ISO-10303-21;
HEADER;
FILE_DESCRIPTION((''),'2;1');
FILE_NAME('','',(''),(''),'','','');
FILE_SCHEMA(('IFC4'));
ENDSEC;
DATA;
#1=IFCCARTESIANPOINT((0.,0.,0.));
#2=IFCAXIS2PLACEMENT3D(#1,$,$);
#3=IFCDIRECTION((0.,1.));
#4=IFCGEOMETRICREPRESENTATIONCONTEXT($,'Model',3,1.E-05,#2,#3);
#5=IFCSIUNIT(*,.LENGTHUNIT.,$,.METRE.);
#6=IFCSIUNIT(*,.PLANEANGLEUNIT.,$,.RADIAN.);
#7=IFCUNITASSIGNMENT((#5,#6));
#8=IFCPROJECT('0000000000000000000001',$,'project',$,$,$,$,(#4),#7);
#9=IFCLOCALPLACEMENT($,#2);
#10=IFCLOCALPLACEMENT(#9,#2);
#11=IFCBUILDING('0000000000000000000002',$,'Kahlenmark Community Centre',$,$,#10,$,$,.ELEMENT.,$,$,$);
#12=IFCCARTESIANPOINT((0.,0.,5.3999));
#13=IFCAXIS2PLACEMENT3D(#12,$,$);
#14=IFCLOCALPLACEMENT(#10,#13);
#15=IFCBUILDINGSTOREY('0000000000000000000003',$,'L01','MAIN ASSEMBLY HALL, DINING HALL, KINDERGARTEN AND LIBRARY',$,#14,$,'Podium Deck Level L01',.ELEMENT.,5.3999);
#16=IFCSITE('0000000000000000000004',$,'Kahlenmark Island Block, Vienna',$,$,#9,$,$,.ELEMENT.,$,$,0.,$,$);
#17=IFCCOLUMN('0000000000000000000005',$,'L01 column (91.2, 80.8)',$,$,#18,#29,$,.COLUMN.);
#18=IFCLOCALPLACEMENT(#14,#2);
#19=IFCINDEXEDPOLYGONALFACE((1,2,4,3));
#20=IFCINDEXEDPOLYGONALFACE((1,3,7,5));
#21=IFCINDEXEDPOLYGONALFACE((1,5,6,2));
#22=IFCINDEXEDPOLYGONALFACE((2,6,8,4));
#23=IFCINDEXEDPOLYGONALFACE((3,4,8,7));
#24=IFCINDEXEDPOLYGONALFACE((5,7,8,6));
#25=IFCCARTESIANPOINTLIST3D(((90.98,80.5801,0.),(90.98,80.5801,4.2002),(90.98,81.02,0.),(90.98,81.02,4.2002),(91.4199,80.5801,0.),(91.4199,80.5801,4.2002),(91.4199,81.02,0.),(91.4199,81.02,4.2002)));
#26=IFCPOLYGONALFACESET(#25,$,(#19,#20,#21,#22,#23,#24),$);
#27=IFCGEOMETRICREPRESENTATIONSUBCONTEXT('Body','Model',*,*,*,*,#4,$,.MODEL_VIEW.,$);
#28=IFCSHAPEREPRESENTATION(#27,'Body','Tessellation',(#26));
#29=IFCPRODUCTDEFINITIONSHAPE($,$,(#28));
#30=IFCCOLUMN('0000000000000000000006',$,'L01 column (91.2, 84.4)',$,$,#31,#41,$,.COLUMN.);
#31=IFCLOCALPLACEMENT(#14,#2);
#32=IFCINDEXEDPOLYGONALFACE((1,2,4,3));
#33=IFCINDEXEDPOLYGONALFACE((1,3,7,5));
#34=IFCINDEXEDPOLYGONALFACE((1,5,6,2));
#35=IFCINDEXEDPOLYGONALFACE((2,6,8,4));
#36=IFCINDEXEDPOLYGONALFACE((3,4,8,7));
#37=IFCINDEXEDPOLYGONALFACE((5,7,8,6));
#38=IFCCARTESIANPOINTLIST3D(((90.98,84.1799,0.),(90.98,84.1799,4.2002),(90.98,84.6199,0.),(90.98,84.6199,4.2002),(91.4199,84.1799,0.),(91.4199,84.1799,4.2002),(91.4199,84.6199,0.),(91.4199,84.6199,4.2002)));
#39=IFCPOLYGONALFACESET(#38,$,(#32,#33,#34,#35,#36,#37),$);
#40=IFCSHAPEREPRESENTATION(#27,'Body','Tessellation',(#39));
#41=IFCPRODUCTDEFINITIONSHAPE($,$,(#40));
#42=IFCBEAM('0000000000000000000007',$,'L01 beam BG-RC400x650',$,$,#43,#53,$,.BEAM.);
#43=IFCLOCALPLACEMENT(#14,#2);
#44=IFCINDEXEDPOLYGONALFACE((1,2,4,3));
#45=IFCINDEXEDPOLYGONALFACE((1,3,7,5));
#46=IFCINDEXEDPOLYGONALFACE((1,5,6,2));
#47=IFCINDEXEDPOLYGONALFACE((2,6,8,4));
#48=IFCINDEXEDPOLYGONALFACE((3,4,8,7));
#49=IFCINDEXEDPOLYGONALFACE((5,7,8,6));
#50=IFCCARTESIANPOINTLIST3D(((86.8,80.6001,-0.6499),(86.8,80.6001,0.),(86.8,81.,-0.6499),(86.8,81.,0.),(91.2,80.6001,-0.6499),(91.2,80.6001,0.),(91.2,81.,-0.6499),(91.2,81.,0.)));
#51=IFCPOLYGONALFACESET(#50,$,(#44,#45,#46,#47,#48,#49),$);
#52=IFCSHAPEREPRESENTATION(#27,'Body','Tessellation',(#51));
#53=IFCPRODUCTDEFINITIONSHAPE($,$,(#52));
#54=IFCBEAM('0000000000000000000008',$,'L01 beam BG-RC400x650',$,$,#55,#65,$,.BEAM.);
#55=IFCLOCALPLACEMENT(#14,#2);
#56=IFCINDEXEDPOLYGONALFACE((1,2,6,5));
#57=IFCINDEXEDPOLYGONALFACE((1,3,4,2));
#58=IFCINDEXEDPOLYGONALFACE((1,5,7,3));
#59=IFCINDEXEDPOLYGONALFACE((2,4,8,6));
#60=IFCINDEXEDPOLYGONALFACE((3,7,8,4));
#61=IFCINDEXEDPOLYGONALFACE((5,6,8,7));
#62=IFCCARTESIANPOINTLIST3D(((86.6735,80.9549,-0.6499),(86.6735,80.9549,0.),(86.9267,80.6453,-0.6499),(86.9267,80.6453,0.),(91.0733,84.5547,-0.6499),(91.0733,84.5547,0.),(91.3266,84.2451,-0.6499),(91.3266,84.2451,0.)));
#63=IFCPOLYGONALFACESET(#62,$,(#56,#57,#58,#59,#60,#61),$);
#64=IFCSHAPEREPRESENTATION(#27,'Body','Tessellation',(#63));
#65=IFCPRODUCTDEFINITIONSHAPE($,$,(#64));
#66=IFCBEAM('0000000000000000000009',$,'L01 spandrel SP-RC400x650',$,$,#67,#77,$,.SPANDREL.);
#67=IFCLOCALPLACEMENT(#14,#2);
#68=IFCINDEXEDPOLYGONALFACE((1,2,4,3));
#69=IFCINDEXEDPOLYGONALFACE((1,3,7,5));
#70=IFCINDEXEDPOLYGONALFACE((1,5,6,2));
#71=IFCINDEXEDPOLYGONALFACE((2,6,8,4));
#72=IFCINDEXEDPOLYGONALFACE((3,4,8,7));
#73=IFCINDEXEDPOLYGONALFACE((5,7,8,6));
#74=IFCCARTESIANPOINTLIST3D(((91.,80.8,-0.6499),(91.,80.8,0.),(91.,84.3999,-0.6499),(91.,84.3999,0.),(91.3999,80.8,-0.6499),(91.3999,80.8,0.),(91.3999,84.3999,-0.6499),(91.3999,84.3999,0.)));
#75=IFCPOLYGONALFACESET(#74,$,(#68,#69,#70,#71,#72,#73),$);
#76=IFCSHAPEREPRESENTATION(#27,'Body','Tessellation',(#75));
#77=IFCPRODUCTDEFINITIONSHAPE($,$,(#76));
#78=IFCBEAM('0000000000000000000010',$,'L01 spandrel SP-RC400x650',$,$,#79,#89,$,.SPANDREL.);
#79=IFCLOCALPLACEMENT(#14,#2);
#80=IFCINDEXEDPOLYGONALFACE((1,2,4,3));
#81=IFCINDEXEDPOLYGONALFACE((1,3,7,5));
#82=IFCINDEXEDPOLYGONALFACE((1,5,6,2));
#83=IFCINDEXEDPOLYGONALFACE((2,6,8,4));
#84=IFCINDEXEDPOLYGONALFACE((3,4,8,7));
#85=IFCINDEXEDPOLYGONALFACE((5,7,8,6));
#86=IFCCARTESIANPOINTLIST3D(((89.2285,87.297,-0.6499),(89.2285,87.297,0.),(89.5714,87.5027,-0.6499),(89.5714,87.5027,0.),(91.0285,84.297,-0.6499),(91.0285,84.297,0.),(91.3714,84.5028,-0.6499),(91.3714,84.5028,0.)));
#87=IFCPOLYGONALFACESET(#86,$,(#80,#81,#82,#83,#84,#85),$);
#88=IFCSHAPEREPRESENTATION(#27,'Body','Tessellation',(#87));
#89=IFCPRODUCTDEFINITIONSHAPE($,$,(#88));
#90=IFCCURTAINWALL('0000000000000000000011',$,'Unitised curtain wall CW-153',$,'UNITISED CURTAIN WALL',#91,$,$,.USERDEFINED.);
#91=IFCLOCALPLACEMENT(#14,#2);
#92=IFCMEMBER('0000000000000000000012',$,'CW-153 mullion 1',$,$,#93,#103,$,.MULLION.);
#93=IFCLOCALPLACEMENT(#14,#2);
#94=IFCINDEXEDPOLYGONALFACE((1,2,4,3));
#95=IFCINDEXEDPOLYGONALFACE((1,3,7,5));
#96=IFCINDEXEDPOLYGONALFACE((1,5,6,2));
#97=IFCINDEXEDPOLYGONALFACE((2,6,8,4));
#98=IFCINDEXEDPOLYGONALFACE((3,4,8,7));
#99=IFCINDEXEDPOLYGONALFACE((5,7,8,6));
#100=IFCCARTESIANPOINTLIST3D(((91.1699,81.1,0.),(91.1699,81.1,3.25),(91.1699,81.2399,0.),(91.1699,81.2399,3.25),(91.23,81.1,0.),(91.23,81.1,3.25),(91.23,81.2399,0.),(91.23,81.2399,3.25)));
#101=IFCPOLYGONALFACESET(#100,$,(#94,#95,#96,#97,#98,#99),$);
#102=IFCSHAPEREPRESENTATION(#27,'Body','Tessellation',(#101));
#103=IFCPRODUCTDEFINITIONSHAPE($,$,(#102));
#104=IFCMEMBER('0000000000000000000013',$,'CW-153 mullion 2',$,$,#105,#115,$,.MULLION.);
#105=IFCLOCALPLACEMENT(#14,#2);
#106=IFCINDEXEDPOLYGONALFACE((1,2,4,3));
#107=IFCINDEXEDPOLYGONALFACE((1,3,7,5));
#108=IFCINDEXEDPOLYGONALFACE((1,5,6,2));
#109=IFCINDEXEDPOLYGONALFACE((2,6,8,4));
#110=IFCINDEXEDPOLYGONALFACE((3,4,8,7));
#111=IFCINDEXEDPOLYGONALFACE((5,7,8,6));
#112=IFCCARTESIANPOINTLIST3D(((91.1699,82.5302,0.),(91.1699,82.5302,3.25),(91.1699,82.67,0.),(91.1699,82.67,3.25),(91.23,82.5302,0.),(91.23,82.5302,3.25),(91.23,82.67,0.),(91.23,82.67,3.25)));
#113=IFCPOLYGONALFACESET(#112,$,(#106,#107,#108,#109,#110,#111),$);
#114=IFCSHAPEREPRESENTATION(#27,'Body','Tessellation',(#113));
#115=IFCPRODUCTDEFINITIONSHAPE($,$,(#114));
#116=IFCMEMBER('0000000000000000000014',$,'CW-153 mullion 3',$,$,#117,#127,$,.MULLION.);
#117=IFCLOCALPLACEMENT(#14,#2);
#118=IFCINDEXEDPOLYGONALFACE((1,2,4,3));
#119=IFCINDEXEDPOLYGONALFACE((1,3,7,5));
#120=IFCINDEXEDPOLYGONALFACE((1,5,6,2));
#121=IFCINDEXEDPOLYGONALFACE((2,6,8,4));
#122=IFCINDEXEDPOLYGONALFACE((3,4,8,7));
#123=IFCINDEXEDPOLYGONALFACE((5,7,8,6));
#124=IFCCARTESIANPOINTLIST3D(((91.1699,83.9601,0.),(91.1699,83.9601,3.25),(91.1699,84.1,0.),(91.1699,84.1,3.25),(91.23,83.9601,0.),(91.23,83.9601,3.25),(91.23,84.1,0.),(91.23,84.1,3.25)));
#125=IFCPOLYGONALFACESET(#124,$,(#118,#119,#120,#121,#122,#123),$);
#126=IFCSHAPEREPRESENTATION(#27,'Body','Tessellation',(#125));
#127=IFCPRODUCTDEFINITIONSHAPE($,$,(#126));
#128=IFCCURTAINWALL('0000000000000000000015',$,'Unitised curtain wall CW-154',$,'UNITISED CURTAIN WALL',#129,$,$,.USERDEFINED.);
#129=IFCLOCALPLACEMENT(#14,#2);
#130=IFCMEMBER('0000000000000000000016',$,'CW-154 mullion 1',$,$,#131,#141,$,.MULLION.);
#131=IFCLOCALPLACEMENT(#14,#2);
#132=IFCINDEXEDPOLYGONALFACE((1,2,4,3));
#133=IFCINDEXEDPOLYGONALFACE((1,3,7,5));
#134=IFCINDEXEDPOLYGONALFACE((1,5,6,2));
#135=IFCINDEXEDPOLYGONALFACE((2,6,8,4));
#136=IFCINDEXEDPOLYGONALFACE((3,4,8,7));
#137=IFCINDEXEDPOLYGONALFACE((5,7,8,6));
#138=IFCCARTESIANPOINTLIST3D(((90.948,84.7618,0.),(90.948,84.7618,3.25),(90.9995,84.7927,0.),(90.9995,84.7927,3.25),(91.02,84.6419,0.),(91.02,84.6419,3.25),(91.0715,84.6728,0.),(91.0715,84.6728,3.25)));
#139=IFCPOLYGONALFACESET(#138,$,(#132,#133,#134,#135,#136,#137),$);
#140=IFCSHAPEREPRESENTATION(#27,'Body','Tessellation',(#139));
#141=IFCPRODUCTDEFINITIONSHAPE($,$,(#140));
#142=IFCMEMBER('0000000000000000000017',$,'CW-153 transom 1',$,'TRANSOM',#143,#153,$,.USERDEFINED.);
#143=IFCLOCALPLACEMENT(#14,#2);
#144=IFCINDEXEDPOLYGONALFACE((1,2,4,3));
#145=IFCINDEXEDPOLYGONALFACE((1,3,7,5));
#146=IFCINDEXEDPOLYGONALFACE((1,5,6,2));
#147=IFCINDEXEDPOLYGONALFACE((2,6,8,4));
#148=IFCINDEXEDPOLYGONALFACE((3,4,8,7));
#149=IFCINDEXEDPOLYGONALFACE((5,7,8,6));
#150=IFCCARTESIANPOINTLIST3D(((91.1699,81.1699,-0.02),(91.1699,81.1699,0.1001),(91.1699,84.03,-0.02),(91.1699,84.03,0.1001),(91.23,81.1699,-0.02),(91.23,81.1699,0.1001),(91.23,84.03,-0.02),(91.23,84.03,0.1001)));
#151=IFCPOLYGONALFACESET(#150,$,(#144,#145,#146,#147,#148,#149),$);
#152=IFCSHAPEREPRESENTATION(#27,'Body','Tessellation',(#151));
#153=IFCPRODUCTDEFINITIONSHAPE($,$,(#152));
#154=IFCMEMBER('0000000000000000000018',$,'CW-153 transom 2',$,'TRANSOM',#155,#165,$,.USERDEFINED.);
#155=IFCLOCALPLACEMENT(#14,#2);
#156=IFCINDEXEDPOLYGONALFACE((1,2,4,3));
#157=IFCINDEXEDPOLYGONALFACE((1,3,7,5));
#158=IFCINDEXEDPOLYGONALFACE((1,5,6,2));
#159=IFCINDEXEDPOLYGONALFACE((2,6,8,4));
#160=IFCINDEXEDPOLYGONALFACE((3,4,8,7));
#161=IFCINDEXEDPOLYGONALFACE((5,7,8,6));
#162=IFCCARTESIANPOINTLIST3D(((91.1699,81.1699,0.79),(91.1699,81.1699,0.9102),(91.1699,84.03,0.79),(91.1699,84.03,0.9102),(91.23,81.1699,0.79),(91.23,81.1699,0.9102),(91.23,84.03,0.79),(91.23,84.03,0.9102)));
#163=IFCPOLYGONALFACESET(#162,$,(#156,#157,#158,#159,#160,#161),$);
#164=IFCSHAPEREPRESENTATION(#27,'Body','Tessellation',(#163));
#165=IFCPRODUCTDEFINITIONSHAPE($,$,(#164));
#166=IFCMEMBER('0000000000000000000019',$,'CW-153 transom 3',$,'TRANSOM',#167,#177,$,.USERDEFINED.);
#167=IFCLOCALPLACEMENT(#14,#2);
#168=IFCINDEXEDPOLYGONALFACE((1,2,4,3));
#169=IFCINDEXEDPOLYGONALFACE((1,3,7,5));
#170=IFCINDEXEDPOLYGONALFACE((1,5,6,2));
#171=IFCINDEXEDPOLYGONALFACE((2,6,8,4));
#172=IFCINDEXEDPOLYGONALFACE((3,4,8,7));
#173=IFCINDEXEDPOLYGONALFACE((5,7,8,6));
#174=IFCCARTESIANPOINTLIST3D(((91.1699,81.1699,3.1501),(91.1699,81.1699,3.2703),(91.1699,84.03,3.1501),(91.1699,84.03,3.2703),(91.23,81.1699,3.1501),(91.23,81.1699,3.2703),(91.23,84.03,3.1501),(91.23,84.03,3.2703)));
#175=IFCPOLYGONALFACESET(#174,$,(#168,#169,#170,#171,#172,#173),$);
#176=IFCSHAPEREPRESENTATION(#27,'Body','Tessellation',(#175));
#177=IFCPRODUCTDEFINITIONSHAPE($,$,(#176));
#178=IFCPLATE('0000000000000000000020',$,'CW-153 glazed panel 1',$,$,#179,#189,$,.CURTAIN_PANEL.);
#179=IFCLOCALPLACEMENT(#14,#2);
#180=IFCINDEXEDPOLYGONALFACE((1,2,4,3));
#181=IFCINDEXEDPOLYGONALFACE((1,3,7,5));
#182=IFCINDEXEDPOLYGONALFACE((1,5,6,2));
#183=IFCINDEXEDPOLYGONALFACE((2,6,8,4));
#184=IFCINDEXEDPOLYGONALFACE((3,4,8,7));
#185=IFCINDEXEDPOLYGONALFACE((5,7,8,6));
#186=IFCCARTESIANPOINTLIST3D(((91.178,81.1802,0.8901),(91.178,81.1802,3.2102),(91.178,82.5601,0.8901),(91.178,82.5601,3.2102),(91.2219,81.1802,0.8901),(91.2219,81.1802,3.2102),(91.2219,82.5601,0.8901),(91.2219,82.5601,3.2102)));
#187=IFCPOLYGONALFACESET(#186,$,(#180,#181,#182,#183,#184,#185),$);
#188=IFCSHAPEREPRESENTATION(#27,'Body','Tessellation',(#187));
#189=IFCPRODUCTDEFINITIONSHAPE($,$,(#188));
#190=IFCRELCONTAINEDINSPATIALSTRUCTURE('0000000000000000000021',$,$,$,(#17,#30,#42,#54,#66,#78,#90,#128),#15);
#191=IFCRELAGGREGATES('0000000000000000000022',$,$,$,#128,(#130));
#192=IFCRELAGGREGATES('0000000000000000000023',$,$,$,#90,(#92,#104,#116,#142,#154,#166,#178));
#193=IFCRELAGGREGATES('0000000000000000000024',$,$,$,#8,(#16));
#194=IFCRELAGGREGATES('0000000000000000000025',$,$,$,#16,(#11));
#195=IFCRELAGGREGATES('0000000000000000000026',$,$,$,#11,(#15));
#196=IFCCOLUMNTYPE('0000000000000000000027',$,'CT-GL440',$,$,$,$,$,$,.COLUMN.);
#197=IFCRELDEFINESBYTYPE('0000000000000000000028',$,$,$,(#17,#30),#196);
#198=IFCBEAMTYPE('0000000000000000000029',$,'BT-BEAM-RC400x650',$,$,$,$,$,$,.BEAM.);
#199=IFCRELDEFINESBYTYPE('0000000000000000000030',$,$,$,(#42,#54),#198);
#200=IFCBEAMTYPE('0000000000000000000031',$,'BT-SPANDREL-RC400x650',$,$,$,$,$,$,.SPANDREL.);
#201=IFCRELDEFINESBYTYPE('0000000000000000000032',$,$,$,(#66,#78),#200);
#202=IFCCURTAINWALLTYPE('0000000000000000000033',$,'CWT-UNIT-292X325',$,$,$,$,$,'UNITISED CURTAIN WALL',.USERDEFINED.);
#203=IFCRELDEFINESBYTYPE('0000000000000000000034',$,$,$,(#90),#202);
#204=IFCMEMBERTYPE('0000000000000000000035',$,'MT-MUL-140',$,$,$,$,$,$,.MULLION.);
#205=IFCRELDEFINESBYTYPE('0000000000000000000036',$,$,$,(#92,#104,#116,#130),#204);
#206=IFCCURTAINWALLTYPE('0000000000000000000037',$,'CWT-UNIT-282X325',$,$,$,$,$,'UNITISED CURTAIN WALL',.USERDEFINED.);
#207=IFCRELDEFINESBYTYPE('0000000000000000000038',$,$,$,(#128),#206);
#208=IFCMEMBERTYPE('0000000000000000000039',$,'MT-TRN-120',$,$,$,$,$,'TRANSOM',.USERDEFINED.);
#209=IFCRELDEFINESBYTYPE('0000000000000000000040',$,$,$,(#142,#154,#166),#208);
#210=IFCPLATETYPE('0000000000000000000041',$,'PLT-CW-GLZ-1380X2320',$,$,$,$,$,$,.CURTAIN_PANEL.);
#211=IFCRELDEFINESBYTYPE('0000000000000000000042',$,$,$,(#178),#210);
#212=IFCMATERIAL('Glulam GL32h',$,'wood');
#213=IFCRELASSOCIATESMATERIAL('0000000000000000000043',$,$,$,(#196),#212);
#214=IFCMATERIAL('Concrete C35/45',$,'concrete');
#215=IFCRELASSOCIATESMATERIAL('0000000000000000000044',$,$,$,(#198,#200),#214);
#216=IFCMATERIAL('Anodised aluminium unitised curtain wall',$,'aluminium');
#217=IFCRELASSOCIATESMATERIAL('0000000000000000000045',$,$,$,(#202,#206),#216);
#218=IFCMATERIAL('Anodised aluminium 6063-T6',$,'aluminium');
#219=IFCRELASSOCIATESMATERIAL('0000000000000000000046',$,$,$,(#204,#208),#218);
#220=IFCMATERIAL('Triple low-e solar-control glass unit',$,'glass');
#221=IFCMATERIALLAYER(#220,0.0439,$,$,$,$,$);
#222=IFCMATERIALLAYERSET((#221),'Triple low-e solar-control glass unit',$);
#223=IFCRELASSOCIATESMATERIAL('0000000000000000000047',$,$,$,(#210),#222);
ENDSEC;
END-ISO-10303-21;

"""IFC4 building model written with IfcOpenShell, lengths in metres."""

from ifc_helpers import new_model, si_unit, direction, frame, origin, origin_2d, place, context, subcontext, project, spatial, rectangle, extrude, material, layer, layer_set, material_profile, profile_set, type_object, element, aggregate, save


model = new_model("IFC4")

# Units and contexts
model_context = context("Model", 3, precision=1e-05, world=origin(), true_north=direction((0.0, 1.0)))
body_context = subcontext(model_context, "Body", "Model", "MODEL_VIEW")
ifc_project = project(units=[si_unit("LENGTHUNIT", "METRE"), si_unit("PLANEANGLEUNIT", "RADIAN")], contexts=[model_context])

# Site, building, storey
site_placement = place(None, origin())
site = spatial("IfcSite", under=ifc_project, at=site_placement, Name="Kahlenmark Island Block, Vienna", CompositionType="ELEMENT", RefElevation=0.0)
building_placement = place(site_placement, origin())
building = spatial("IfcBuilding", under=site, at=building_placement, Name="Kahlenmark Community Centre", CompositionType="ELEMENT")
storey_placement = place(building_placement, frame((0.0, 0.0, 5.3999)))
storey = spatial("IfcBuildingStorey", under=building, at=storey_placement, Name="L01", Description="MAIN ASSEMBLY HALL, DINING HALL, KINDERGARTEN AND LIBRARY", LongName="Podium Deck Level L01", CompositionType="ELEMENT", Elevation=5.3999)

# Columns
ifc_material_1 = material(Name="Glulam GL32h", Category="wood")
ifc_material_profile_1 = material_profile(ifc_material_1, rectangle(XDim=0.4399, YDim=0.4399, at=origin_2d()), Name="GL32h 440x440")
ifc_profile_set_1 = profile_set([ifc_material_profile_1], Name="Glulam GL32h")
column_type = type_object("IfcColumnType", Name="CT-GL440", PredefinedType="COLUMN", material=ifc_profile_set_1)
for number, where, z_axis, x_axis, name in (
    (1, (91.2, 80.8, 0.0), (0.0, 0.0, 1.0), (1.0, 0.0, 0.0), "L01 column (91.2, 80.8)"),
    (2, (91.2, 84.3999, 0.0), (0.0, 0.0, 1.0), (1.0, 0.0, 0.0), "L01 column (91.2, 84.4)"),
):
    element("IfcColumn", number, at=place(storey_placement, frame(where, z_axis=z_axis, x_axis=x_axis)), inside=storey, type_object=column_type, Name=name, PredefinedType="COLUMN", context=body_context, shape_type="SweptSolid", body=[
        extrude(rectangle(XDim=0.4399, YDim=0.4399, at=origin_2d()), origin(), (0.0, 0.0, 1.0), 4.2002),
    ])

# Beams
ifc_material_2 = material(Name="Concrete C35/45", Category="concrete")
ifc_material_profile_2 = material_profile(ifc_material_2, rectangle(XDim=0.3999, YDim=0.6499, at=origin_2d()), Name="RC 400x650")
ifc_profile_set_2 = profile_set([ifc_material_profile_2], Name="Concrete C35/45")
beam_type_1 = type_object("IfcBeamType", Name="BT-BEAM-RC400x650", PredefinedType="BEAM", material=ifc_profile_set_2)
beam_1_placement = place(storey_placement, frame((91.2, 80.8, -0.325), z_axis=(-1.0, 0.0, 0.0), x_axis=(0.0, -1.0, 0.0)))
element("IfcBeam", 3, at=beam_1_placement, inside=storey, type_object=beam_type_1, Name="L01 beam BG-RC400x650", PredefinedType="BEAM", context=body_context, shape_type="SweptSolid", body=[
    extrude(rectangle(XDim=0.3999, YDim=0.6499, at=origin_2d()), origin(), (0.0, 0.0, 1.0), 4.3999),
])
beam_2_placement = place(storey_placement, frame((91.2, 84.3999, -0.325), z_axis=(-0.773963, -0.633231, 0.0), x_axis=(0.633231, -0.773963, 0.0)))
element("IfcBeam", 4, at=beam_2_placement, inside=storey, type_object=beam_type_1, Name="L01 beam BG-RC400x650", PredefinedType="BEAM", context=body_context, shape_type="SweptSolid", body=[
    extrude(rectangle(XDim=0.3999, YDim=0.6499, at=origin_2d()), origin(), (0.0, 0.0, 1.0), 5.6848),
])
ifc_material_profile_3 = material_profile(ifc_material_2, rectangle(XDim=0.3999, YDim=0.6499, at=origin_2d()), Name="RC 400x650")
ifc_profile_set_3 = profile_set([ifc_material_profile_3], Name="Concrete C35/45")
beam_type_2 = type_object("IfcBeamType", Name="BT-SPANDREL-RC400x650", PredefinedType="SPANDREL", material=ifc_profile_set_3)
beam_3_placement = place(storey_placement, frame((91.2, 80.8, -0.325), z_axis=(0.0, 1.0, 0.0), x_axis=(-1.0, 0.0, 0.0)))
element("IfcBeam", 5, at=beam_3_placement, inside=storey, type_object=beam_type_2, Name="L01 spandrel SP-RC400x650", PredefinedType="SPANDREL", context=body_context, shape_type="SweptSolid", body=[
    extrude(rectangle(XDim=0.3999, YDim=0.6499, at=origin_2d()), origin(), (0.0, 0.0, 1.0), 3.5999),
])
beam_4_placement = place(storey_placement, frame((91.2, 84.3999, -0.325), z_axis=(-0.514506, 0.857487, 0.0), x_axis=(-0.857487, -0.514506, 0.0)))
element("IfcBeam", 6, at=beam_4_placement, inside=storey, type_object=beam_type_2, Name="L01 spandrel SP-RC400x650", PredefinedType="SPANDREL", context=body_context, shape_type="SweptSolid", body=[
    extrude(rectangle(XDim=0.3999, YDim=0.6499, at=origin_2d()), origin(), (0.0, 0.0, 1.0), 3.4985),
])

# Curtain wall, members
ifc_material_3 = material(Name="Anodised aluminium unitised curtain wall", Category="aluminium")
curtain_wall_type_1 = type_object("IfcCurtainWallType", Name="CWT-UNIT-292X325", ElementType="UNITISED CURTAIN WALL", PredefinedType="USERDEFINED", material=ifc_material_3)
curtain_wall_1_placement = place(storey_placement, origin())
curtain_wall_1 = element("IfcCurtainWall", 7, at=curtain_wall_1_placement, inside=storey, type_object=curtain_wall_type_1, Name="Unitised curtain wall CW-153", ObjectType="UNITISED CURTAIN WALL", PredefinedType="USERDEFINED")
ifc_material_4 = material(Name="Anodised aluminium 6063-T6", Category="aluminium")
ifc_material_profile_4 = material_profile(ifc_material_4, rectangle(XDim=0.0601, YDim=0.1399, at=origin_2d()), Name="ALU MULLION 60x140")
ifc_profile_set_4 = profile_set([ifc_material_profile_4], Name="Anodised aluminium 6063-T6")
member_type_1 = type_object("IfcMemberType", Name="MT-MUL-140", PredefinedType="MULLION", material=ifc_profile_set_4)
member_1_placement = place(storey_placement, frame((91.2, 81.1699, 0.0), z_axis=(0.0, 0.0, 1.0), x_axis=(-1.0, 0.0, 0.0)))
member_1 = element("IfcMember", 8, at=member_1_placement, type_object=member_type_1, Name="CW-153 mullion 1", PredefinedType="MULLION", context=body_context, shape_type="SweptSolid", body=[
    extrude(rectangle(XDim=0.0601, YDim=0.1399, at=origin_2d()), origin(), (0.0, 0.0, 1.0), 3.25),
])
member_2_placement = place(storey_placement, frame((91.2, 82.6001, 0.0), z_axis=(0.0, 0.0, 1.0), x_axis=(-1.0, 0.0, 0.0)))
member_2 = element("IfcMember", 9, at=member_2_placement, type_object=member_type_1, Name="CW-153 mullion 2", PredefinedType="MULLION", context=body_context, shape_type="SweptSolid", body=[
    extrude(rectangle(XDim=0.0601, YDim=0.1399, at=origin_2d()), origin(), (0.0, 0.0, 1.0), 3.25),
])
member_3_placement = place(storey_placement, frame((91.2, 84.03, 0.0), z_axis=(0.0, 0.0, 1.0), x_axis=(-1.0, 0.0, 0.0)))
member_3 = element("IfcMember", 10, at=member_3_placement, type_object=member_type_1, Name="CW-153 mullion 3", PredefinedType="MULLION", context=body_context, shape_type="SweptSolid", body=[
    extrude(rectangle(XDim=0.0601, YDim=0.1399, at=origin_2d()), origin(), (0.0, 0.0, 1.0), 3.25),
])

# Curtain wall, member
curtain_wall_type_2 = type_object("IfcCurtainWallType", Name="CWT-UNIT-282X325", ElementType="UNITISED CURTAIN WALL", PredefinedType="USERDEFINED", material=ifc_material_3)
curtain_wall_2_placement = place(storey_placement, origin())
curtain_wall_2 = element("IfcCurtainWall", 11, at=curtain_wall_2_placement, inside=storey, type_object=curtain_wall_type_2, Name="Unitised curtain wall CW-154", ObjectType="UNITISED CURTAIN WALL", PredefinedType="USERDEFINED")
member_4_placement = place(storey_placement, frame((91.0098, 84.7173, 0.0), z_axis=(0.0, 0.0, 1.0), x_axis=(-0.857493, -0.514496, 0.0)))
member_4 = element("IfcMember", 12, at=member_4_placement, type_object=member_type_1, Name="CW-154 mullion 1", PredefinedType="MULLION", context=body_context, shape_type="SweptSolid", body=[
    extrude(rectangle(XDim=0.0601, YDim=0.1399, at=origin_2d()), origin(), (0.0, 0.0, 1.0), 3.25),
])
aggregate(curtain_wall_2, [member_4])

# Members
ifc_material_profile_5 = material_profile(ifc_material_4, rectangle(XDim=0.0601, YDim=0.1201, at=origin_2d()), Name="ALU TRANSOM 60x120")
ifc_profile_set_5 = profile_set([ifc_material_profile_5], Name="Anodised aluminium 6063-T6")
member_type_2 = type_object("IfcMemberType", Name="MT-TRN-120", ElementType="TRANSOM", PredefinedType="USERDEFINED", material=ifc_profile_set_5)
member_5_placement = place(storey_placement, frame((91.2, 81.1699, 0.04), z_axis=(0.0, 1.0, 0.0), x_axis=(-1.0, 0.0, 0.0)))
member_5 = element("IfcMember", 13, at=member_5_placement, type_object=member_type_2, Name="CW-153 transom 1", ObjectType="TRANSOM", PredefinedType="USERDEFINED", context=body_context, shape_type="SweptSolid", body=[
    extrude(rectangle(XDim=0.0601, YDim=0.1201, at=origin_2d()), origin(), (0.0, 0.0, 1.0), 2.8601),
])
member_6_placement = place(storey_placement, frame((91.2, 81.1699, 0.8501), z_axis=(0.0, 1.0, 0.0), x_axis=(-1.0, 0.0, 0.0)))
member_6 = element("IfcMember", 14, at=member_6_placement, type_object=member_type_2, Name="CW-153 transom 2", ObjectType="TRANSOM", PredefinedType="USERDEFINED", context=body_context, shape_type="SweptSolid", body=[
    extrude(rectangle(XDim=0.0601, YDim=0.1201, at=origin_2d()), origin(), (0.0, 0.0, 1.0), 2.8601),
])
member_7_placement = place(storey_placement, frame((91.2, 81.1699, 3.2102), z_axis=(0.0, 1.0, 0.0), x_axis=(-1.0, 0.0, 0.0)))
member_7 = element("IfcMember", 15, at=member_7_placement, type_object=member_type_2, Name="CW-153 transom 3", ObjectType="TRANSOM", PredefinedType="USERDEFINED", context=body_context, shape_type="SweptSolid", body=[
    extrude(rectangle(XDim=0.0601, YDim=0.1201, at=origin_2d()), origin(), (0.0, 0.0, 1.0), 2.8601),
])

# Plate
ifc_material_5 = material(Name="Triple low-e solar-control glass unit", Category="glass")
ifc_layer_1 = layer(ifc_material_5, 0.0439)
ifc_layer_set_1 = layer_set([ifc_layer_1], Name="Triple low-e solar-control glass unit")
plate_type_1 = type_object("IfcPlateType", Name="PLT-CW-GLZ-1380X2320", PredefinedType="CURTAIN_PANEL", material=ifc_layer_set_1)
plate_1_placement = place(storey_placement, frame((91.2, 81.8701, 0.8901), z_axis=(0.0, 0.0, 1.0), x_axis=(0.0, 1.0, 0.0)))
plate_1 = element("IfcPlate", 16, at=plate_1_placement, type_object=plate_type_1, Name="CW-153 glazed panel 1", PredefinedType="CURTAIN_PANEL", context=body_context, shape_type="SweptSolid", body=[
    extrude(rectangle(XDim=1.3799, YDim=0.0439, at=origin_2d()), origin(), (0.0, 0.0, 1.0), 2.3201),
])
aggregate(curtain_wall_1, [member_1, member_2, member_3, member_5, member_6, member_7, plate_1])

save(model, "model.ifc")
